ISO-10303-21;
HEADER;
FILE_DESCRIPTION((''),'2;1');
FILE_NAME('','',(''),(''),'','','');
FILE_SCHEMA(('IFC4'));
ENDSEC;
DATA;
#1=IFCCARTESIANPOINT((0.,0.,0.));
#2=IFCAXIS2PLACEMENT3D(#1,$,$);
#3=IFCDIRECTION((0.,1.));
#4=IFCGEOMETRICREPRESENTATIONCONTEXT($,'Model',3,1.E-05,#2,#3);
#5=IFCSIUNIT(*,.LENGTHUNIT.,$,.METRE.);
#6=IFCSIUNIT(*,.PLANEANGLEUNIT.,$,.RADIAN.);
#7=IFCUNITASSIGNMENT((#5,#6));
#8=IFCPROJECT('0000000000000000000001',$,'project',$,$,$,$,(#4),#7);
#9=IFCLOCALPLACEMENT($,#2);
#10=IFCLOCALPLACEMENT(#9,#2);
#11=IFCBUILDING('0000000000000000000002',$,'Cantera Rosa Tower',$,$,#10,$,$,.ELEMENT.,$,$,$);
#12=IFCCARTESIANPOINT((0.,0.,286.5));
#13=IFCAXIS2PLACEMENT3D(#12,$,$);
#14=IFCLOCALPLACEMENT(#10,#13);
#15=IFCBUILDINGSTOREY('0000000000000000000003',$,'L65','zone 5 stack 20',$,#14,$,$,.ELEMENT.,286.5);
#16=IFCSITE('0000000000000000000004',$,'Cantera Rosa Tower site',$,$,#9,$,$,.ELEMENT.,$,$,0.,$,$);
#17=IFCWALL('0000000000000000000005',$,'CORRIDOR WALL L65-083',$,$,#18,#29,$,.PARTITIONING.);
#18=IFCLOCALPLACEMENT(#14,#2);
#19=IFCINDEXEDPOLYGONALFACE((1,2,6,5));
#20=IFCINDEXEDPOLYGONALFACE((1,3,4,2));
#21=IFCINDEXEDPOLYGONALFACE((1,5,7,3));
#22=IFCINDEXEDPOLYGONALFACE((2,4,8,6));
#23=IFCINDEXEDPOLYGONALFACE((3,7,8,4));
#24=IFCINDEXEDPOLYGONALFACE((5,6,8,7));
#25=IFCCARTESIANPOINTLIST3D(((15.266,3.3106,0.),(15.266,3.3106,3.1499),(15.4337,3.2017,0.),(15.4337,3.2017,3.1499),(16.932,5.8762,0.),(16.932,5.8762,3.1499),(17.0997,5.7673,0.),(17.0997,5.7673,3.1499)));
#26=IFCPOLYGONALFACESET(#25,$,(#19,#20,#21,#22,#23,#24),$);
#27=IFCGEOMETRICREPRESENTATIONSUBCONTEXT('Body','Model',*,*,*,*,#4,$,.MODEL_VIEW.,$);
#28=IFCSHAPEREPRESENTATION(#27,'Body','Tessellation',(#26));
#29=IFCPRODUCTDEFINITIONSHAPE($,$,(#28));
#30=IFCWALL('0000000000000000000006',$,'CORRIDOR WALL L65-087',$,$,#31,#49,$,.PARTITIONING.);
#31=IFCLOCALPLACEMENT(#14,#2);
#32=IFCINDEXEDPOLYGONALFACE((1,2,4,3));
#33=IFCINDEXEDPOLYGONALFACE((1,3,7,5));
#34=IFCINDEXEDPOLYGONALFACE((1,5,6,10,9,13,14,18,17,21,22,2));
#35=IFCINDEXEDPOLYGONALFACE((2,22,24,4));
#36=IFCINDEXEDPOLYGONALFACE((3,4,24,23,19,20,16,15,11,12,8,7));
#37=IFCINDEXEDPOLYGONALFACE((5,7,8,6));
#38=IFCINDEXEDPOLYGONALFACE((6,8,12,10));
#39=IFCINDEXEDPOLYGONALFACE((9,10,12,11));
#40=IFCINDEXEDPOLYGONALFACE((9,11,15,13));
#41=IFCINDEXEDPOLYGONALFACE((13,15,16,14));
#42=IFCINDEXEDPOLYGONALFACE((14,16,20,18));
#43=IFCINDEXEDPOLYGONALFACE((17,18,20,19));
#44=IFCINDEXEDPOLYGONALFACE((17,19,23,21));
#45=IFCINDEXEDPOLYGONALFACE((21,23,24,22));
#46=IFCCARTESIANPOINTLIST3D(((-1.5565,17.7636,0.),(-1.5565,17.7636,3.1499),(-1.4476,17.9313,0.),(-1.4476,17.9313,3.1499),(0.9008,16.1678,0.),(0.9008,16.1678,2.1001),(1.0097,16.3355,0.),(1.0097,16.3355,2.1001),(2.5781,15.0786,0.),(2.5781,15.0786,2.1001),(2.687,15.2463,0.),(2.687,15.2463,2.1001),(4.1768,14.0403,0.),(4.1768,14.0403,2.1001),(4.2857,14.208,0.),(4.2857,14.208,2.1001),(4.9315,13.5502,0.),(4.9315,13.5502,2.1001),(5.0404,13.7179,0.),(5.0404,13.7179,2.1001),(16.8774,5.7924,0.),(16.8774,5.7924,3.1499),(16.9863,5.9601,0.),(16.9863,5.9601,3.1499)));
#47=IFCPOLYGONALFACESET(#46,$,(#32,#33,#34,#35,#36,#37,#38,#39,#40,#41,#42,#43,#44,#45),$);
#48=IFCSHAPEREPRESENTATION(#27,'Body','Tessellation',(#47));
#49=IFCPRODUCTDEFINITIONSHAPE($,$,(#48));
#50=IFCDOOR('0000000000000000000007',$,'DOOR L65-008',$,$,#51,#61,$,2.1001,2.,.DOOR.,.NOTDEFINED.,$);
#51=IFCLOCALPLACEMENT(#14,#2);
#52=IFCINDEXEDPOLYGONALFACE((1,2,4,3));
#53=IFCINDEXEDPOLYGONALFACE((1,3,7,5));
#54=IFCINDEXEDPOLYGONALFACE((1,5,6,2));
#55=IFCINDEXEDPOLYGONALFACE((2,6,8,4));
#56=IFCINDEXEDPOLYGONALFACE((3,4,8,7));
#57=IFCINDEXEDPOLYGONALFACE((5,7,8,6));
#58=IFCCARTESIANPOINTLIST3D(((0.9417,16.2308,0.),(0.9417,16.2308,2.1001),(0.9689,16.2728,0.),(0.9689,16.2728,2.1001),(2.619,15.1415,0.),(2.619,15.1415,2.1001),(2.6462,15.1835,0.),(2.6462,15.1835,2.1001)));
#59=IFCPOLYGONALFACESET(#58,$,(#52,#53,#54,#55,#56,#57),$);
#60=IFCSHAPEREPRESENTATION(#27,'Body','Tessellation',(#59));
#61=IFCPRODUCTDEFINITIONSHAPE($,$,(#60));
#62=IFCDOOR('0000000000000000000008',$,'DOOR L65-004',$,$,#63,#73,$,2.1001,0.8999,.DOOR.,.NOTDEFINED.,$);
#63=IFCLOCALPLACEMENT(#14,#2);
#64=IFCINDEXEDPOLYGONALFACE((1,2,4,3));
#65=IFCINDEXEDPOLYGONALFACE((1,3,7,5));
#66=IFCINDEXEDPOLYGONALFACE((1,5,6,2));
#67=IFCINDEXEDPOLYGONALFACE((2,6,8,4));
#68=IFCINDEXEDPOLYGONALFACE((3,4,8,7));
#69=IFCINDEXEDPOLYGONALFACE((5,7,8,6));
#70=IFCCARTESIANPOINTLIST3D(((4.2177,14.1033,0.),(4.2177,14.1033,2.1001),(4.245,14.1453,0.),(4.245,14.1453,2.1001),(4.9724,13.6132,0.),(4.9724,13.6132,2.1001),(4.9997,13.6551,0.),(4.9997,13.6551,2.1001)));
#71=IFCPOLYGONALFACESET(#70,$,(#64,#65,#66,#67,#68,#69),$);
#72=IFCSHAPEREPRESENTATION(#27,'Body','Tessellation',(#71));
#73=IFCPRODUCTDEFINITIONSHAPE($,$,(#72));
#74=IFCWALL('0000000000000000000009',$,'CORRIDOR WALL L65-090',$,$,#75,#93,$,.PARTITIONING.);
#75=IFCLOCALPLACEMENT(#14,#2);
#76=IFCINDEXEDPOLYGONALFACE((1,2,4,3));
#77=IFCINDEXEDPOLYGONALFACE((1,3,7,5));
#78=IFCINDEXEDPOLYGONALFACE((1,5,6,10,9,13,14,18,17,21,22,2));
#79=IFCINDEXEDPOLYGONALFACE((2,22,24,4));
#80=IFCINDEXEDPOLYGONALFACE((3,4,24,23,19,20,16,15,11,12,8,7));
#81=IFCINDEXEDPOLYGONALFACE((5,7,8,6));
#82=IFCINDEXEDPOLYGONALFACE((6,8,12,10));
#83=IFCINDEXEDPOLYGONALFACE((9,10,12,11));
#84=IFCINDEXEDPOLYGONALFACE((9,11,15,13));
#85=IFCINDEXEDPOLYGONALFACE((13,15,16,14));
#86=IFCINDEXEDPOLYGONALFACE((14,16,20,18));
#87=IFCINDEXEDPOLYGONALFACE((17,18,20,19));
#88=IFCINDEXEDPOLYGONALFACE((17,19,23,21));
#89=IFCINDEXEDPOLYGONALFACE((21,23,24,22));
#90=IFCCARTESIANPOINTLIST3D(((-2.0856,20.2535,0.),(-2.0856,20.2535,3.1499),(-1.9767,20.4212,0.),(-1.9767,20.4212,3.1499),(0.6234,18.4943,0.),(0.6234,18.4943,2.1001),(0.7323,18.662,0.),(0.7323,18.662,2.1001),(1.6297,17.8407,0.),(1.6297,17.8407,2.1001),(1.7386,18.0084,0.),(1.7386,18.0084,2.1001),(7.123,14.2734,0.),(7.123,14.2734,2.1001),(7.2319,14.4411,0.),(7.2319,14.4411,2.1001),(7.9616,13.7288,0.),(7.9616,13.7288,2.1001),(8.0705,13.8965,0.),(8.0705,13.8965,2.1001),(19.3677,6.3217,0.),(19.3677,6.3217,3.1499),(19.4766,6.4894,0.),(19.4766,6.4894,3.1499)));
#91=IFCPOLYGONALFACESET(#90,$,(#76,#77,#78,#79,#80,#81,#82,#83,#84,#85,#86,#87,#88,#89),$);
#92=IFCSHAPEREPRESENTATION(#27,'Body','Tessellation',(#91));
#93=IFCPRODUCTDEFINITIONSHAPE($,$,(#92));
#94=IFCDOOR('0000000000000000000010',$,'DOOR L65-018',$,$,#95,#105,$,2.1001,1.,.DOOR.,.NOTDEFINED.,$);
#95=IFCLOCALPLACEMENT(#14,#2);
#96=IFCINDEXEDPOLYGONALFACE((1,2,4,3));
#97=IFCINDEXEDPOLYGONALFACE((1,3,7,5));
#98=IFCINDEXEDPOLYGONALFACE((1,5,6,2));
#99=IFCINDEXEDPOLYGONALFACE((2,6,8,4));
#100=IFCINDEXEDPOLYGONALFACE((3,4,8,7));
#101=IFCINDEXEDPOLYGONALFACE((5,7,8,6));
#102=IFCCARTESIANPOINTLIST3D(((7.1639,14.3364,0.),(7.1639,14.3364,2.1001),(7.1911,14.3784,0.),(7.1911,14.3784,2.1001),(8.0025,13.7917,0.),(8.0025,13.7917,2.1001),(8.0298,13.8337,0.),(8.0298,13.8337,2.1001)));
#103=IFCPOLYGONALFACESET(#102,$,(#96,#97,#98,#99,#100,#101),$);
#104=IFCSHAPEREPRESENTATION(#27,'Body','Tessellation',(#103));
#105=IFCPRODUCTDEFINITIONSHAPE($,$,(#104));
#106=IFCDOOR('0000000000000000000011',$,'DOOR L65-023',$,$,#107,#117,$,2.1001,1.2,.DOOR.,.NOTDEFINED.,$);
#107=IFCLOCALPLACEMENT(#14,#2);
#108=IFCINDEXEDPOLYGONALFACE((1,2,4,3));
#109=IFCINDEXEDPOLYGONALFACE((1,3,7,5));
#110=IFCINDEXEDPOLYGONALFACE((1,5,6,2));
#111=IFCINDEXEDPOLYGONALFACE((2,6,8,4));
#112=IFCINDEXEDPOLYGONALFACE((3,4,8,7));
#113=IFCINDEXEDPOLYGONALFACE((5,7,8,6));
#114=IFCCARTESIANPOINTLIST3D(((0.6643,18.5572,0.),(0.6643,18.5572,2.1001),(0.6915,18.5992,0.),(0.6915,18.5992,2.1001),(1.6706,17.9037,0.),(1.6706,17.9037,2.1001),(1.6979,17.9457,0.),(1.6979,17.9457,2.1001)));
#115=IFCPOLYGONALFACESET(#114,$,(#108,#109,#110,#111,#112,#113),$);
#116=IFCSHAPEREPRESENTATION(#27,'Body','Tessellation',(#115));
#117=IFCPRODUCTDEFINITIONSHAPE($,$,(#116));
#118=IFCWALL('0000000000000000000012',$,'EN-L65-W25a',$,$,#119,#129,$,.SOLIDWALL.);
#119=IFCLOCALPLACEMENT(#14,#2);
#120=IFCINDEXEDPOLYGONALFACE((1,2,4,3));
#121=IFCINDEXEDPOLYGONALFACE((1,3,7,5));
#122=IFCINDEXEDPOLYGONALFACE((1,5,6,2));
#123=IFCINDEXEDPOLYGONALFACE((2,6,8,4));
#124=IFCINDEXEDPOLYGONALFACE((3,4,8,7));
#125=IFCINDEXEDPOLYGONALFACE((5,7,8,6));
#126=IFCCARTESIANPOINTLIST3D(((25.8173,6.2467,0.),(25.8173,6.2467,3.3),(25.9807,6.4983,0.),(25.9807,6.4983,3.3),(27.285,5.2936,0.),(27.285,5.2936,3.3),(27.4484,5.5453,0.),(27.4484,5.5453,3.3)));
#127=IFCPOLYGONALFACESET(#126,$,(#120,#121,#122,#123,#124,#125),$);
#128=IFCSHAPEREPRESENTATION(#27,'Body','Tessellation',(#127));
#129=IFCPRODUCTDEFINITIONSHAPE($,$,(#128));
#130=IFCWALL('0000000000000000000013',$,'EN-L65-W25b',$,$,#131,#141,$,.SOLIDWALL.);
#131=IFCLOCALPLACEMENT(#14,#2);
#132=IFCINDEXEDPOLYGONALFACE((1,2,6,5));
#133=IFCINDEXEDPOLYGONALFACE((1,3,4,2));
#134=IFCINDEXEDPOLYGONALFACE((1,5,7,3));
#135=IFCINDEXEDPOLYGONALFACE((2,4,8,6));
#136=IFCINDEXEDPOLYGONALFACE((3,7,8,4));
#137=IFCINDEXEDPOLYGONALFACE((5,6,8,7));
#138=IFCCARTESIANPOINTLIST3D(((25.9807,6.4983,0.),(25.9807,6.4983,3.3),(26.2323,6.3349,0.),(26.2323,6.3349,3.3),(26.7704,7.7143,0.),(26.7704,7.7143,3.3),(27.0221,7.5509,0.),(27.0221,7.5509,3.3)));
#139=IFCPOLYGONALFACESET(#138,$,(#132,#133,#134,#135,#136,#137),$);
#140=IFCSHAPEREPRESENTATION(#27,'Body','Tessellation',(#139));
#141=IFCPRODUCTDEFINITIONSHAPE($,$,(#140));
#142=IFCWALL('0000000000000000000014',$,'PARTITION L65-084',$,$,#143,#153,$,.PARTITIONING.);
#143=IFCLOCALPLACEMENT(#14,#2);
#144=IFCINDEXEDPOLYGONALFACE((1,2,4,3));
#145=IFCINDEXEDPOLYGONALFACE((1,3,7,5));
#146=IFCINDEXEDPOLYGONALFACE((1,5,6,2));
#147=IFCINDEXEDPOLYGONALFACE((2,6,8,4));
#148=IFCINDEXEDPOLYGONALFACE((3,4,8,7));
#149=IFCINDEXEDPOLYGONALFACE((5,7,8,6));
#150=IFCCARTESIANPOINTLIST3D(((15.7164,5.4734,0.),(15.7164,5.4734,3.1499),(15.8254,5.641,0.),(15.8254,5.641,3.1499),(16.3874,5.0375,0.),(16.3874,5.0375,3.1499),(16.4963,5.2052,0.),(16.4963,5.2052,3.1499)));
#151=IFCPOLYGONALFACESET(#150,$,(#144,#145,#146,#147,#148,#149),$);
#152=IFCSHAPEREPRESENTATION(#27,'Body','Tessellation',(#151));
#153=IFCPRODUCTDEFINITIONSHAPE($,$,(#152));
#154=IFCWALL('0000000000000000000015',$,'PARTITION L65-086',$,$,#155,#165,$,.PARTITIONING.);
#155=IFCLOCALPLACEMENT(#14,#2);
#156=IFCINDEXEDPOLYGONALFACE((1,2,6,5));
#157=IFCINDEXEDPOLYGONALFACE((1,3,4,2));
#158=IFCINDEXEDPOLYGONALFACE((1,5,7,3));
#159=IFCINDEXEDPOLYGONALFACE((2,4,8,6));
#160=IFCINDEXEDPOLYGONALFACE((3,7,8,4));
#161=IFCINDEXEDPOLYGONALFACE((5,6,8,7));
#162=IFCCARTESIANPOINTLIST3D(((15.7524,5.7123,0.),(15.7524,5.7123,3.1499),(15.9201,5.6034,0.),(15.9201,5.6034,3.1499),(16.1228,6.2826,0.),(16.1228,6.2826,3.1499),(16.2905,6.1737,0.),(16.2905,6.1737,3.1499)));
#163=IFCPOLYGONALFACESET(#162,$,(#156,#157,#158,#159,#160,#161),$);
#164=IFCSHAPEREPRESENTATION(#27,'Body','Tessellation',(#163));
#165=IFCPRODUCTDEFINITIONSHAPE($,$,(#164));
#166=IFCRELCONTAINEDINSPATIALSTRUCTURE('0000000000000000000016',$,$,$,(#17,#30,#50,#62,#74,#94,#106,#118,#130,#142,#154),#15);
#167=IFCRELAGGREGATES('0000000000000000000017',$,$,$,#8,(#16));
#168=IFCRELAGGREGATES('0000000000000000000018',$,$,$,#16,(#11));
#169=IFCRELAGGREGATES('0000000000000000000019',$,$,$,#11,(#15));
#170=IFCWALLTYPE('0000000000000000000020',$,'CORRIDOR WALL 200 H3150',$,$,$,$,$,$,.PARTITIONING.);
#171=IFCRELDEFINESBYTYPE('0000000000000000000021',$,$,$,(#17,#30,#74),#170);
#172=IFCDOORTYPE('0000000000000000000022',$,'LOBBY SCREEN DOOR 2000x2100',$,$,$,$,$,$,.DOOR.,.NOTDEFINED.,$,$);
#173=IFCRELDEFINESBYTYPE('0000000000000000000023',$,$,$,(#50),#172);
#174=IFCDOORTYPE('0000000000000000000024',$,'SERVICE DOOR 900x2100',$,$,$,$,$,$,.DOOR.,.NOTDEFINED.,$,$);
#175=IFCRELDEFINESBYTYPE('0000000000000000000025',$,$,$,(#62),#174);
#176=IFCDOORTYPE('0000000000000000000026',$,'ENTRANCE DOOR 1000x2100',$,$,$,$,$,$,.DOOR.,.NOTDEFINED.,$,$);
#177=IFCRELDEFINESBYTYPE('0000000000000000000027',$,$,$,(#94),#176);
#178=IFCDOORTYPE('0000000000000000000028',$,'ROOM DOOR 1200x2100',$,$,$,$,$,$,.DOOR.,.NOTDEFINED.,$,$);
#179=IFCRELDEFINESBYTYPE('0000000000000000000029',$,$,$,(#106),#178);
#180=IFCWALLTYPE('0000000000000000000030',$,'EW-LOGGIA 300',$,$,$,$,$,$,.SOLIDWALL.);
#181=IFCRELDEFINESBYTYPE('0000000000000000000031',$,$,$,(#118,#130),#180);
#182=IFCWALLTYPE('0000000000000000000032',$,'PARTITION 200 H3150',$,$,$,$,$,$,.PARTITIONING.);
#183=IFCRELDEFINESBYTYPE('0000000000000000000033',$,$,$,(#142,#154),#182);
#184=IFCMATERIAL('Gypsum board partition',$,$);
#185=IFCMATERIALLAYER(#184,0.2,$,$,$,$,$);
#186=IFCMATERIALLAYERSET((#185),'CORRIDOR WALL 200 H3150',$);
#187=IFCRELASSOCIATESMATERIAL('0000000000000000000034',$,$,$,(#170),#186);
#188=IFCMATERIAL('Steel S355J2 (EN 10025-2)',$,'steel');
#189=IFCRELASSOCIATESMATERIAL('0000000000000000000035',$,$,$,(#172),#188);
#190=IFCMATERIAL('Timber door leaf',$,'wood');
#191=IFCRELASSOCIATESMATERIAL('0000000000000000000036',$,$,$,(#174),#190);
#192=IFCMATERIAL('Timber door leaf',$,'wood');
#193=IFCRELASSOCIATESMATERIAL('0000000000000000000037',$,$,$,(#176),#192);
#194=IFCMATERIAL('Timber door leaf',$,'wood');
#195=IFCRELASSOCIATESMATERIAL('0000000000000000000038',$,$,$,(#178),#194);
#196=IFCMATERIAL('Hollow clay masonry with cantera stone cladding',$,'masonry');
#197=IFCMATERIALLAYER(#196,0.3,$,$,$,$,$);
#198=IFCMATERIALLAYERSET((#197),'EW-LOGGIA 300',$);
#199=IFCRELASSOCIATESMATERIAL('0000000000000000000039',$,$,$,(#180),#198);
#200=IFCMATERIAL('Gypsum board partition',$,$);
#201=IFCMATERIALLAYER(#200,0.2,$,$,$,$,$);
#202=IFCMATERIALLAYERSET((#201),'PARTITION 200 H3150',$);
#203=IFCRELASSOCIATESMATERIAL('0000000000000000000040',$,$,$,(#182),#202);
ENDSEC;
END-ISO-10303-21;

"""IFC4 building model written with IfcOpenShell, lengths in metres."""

from ifc_helpers import new_model, si_unit, direction, frame, frame_2d, origin, place, context, subcontext, project, spatial, rectangle, extrude, material, layer, layer_set, type_object, element, fill, save


model = new_model("IFC4")

# Units and contexts
model_context = context("Model", 3, precision=1e-05, world=origin(), true_north=direction((0.0, 1.0)))
body_context = subcontext(model_context, "Body", "Model", "MODEL_VIEW")
ifc_project = project(units=[si_unit("LENGTHUNIT", "METRE"), si_unit("PLANEANGLEUNIT", "RADIAN")], contexts=[model_context])

# Site, building, storey
site_placement = place(None, origin())
site = spatial("IfcSite", under=ifc_project, at=site_placement, Name="Cantera Rosa Tower site", CompositionType="ELEMENT", RefElevation=0.0)
building_placement = place(site_placement, origin())
building = spatial("IfcBuilding", under=site, at=building_placement, Name="Cantera Rosa Tower", CompositionType="ELEMENT")
storey_placement = place(building_placement, frame((0.0, 0.0, 286.5)))
storey = spatial("IfcBuildingStorey", under=building, at=storey_placement, Name="L65", Description="zone 5 stack 20", CompositionType="ELEMENT", Elevation=286.5)

# Wall
ifc_material_1 = material(Name="Gypsum board partition")
ifc_layer_1 = layer(ifc_material_1, 0.2)
ifc_layer_set_1 = layer_set([ifc_layer_1], Name="CORRIDOR WALL 200 H3150")
wall_type_1 = type_object("IfcWallType", Name="CORRIDOR WALL 200 H3150", PredefinedType="PARTITIONING", material=ifc_layer_set_1)
wall_1_placement = place(storey_placement, frame((15.3499, 3.2561, 0.0), z_axis=(0.0, 0.0, 1.0), x_axis=(0.544604, 0.838693, 0.0)))
element("IfcWall", 1, at=wall_1_placement, inside=storey, type_object=wall_type_1, Name="CORRIDOR WALL L65-083", PredefinedType="PARTITIONING", context=body_context, shape_type="SweptSolid", body=[
    extrude(rectangle(XDim=3.0591, YDim=0.2, at=frame_2d((1.5295, 0.0))), origin(), (0.0, 0.0, 1.0), 3.1499),
])

# Walls, openings, doors
wall_2_placement = place(storey_placement, frame((16.9319, 5.8762, 0.0), z_axis=(0.0, 0.0, 1.0), x_axis=(-0.838668, 0.544643, 0.0)))
wall_2 = element("IfcWall", 2, at=wall_2_placement, inside=storey, type_object=wall_type_1, Name="CORRIDOR WALL L65-087", PredefinedType="PARTITIONING", context=body_context, shape_type="SweptSolid", body=[
    extrude(rectangle(XDim=21.98, YDim=0.2, at=frame_2d((10.99, 0.0))), origin(), (0.0, 0.0, 1.0), 3.1499),
])
opening_1_placement = place(wall_2_placement, frame((14.2439, 0.0, 0.0)))
opening_1 = element("IfcOpeningElement", 3, at=opening_1_placement, cuts=wall_2, PredefinedType="OPENING", context=body_context, shape_type="SweptSolid", body=[
    extrude(rectangle(XDim=0.8999, YDim=2.1001, at=frame_2d((0.45, 1.05))), frame((0.0, 0.1099, 0.0), z_axis=(0.0, -1.0, 0.0), x_axis=(1.0, 0.0, 0.0)), (0.0, 0.0, 1.0), 0.22),
])
opening_2_placement = place(wall_2_placement, frame((17.05, 0.0, 0.0)))
opening_2 = element("IfcOpeningElement", 4, at=opening_2_placement, cuts=wall_2, PredefinedType="OPENING", context=body_context, shape_type="SweptSolid", body=[
    extrude(rectangle(XDim=2.0, YDim=2.1001, at=frame_2d((1.0, 1.05))), frame((0.0, 0.1099, 0.0), z_axis=(0.0, -1.0, 0.0), x_axis=(1.0, 0.0, 0.0)), (0.0, 0.0, 1.0), 0.22),
])
ifc_material_2 = material(Name="Steel S355J2 (EN 10025-2)", Category="steel")
door_type_1 = type_object("IfcDoorType", Name="LOBBY SCREEN DOOR 2000x2100", OperationType="NOTDEFINED", PredefinedType="DOOR", material=ifc_material_2)
door_1_placement = place(opening_2_placement, origin())
door_1 = element("IfcDoor", 5, at=door_1_placement, inside=storey, type_object=door_type_1, Name="DOOR L65-008", OperationType="NOTDEFINED", OverallHeight=2.1001, OverallWidth=2.0, PredefinedType="DOOR", context=body_context, shape_type="SweptSolid", body=[
    extrude(rectangle(XDim=2.0, YDim=2.1001, at=frame_2d((1.0, 1.05))), frame((0.0, 0.0249, 0.0), z_axis=(0.0, -1.0, 0.0), x_axis=(1.0, 0.0, 0.0)), (0.0, 0.0, 1.0), 0.05),
])
fill(opening_2, door_1)
ifc_material_3 = material(Name="Timber door leaf", Category="wood")
door_type_2 = type_object("IfcDoorType", Name="SERVICE DOOR 900x2100", OperationType="NOTDEFINED", PredefinedType="DOOR", material=ifc_material_3)
door_2_placement = place(opening_1_placement, origin())
door_2 = element("IfcDoor", 6, at=door_2_placement, inside=storey, type_object=door_type_2, Name="DOOR L65-004", OperationType="NOTDEFINED", OverallHeight=2.1001, OverallWidth=0.8999, PredefinedType="DOOR", context=body_context, shape_type="SweptSolid", body=[
    extrude(rectangle(XDim=0.8999, YDim=2.1001, at=frame_2d((0.45, 1.05))), frame((0.0, 0.0249, 0.0), z_axis=(0.0, -1.0, 0.0), x_axis=(1.0, 0.0, 0.0)), (0.0, 0.0, 1.0), 0.05),
])
fill(opening_1, door_2)
wall_3_placement = place(storey_placement, frame((19.4221, 6.4055, 0.0), z_axis=(0.0, 0.0, 1.0), x_axis=(-0.838672, 0.544636, 0.0)))
wall_3 = element("IfcWall", 7, at=wall_3_placement, inside=storey, type_object=wall_type_1, Name="CORRIDOR WALL L65-090", PredefinedType="PARTITIONING", context=body_context, shape_type="SweptSolid", body=[
    extrude(rectangle(XDim=25.5801, YDim=0.2, at=frame_2d((12.79, 0.0))), origin(), (0.0, 0.0, 1.0), 3.1499),
])
opening_3_placement = place(wall_3_placement, frame((13.6001, 0.0, 0.0)))
opening_3 = element("IfcOpeningElement", 8, at=opening_3_placement, cuts=wall_3, PredefinedType="OPENING", context=body_context, shape_type="SweptSolid", body=[
    extrude(rectangle(XDim=1.0, YDim=2.1001, at=frame_2d((0.5, 1.05))), frame((0.0, 0.1099, 0.0), z_axis=(0.0, -1.0, 0.0), x_axis=(1.0, 0.0, 0.0)), (0.0, 0.0, 1.0), 0.22),
])
opening_4_placement = place(wall_3_placement, frame((21.1499, 0.0, 0.0)))
opening_4 = element("IfcOpeningElement", 9, at=opening_4_placement, cuts=wall_3, PredefinedType="OPENING", context=body_context, shape_type="SweptSolid", body=[
    extrude(rectangle(XDim=1.2, YDim=2.1001, at=frame_2d((0.6001, 1.05))), frame((0.0, 0.1099, 0.0), z_axis=(0.0, -1.0, 0.0), x_axis=(1.0, 0.0, 0.0)), (0.0, 0.0, 1.0), 0.22),
])
ifc_material_4 = material(Name="Timber door leaf", Category="wood")
door_type_3 = type_object("IfcDoorType", Name="ENTRANCE DOOR 1000x2100", OperationType="NOTDEFINED", PredefinedType="DOOR", material=ifc_material_4)
door_3_placement = place(opening_3_placement, origin())
door_3 = element("IfcDoor", 10, at=door_3_placement, inside=storey, type_object=door_type_3, Name="DOOR L65-018", OperationType="NOTDEFINED", OverallHeight=2.1001, OverallWidth=1.0, PredefinedType="DOOR", context=body_context, shape_type="SweptSolid", body=[
    extrude(rectangle(XDim=1.0, YDim=2.1001, at=frame_2d((0.5, 1.05))), frame((0.0, 0.0249, 0.0), z_axis=(0.0, -1.0, 0.0), x_axis=(1.0, 0.0, 0.0)), (0.0, 0.0, 1.0), 0.05),
])
fill(opening_3, door_3)
ifc_material_5 = material(Name="Timber door leaf", Category="wood")
door_type_4 = type_object("IfcDoorType", Name="ROOM DOOR 1200x2100", OperationType="NOTDEFINED", PredefinedType="DOOR", material=ifc_material_5)
door_4_placement = place(opening_4_placement, origin())
door_4 = element("IfcDoor", 11, at=door_4_placement, inside=storey, type_object=door_type_4, Name="DOOR L65-023", OperationType="NOTDEFINED", OverallHeight=2.1001, OverallWidth=1.2, PredefinedType="DOOR", context=body_context, shape_type="SweptSolid", body=[
    extrude(rectangle(XDim=1.2, YDim=2.1001, at=frame_2d((0.6001, 1.05))), frame((0.0, 0.0249, 0.0), z_axis=(0.0, -1.0, 0.0), x_axis=(1.0, 0.0, 0.0)), (0.0, 0.0, 1.0), 0.05),
])
fill(opening_4, door_4)

# Walls
ifc_material_6 = material(Name="Hollow clay masonry with cantera stone cladding", Category="masonry")
ifc_layer_2 = layer(ifc_material_6, 0.3)
ifc_layer_set_2 = layer_set([ifc_layer_2], Name="EW-LOGGIA 300")
wall_type_2 = type_object("IfcWallType", Name="EW-LOGGIA 300", PredefinedType="SOLIDWALL", material=ifc_layer_set_2)
wall_4_placement = place(storey_placement, frame((27.3667, 5.4194, 0.0), z_axis=(0.0, 0.0, 1.0), x_axis=(-0.838686, 0.544616, 0.0)))
element("IfcWall", 12, at=wall_4_placement, inside=storey, type_object=wall_type_2, Name="EN-L65-W25a", PredefinedType="SOLIDWALL", context=body_context, shape_type="SweptSolid", body=[
    extrude(rectangle(XDim=1.75, YDim=0.3, at=frame_2d((0.875, 0.0))), origin(), (0.0, 0.0, 1.0), 3.3),
])
wall_5_placement = place(storey_placement, frame((26.1064, 6.4165, 0.0), z_axis=(0.0, 0.0, 1.0), x_axis=(0.544675, 0.838647, 0.0)))
element("IfcWall", 13, at=wall_5_placement, inside=storey, type_object=wall_type_2, Name="EN-L65-W25b", PredefinedType="SOLIDWALL", context=body_context, shape_type="SweptSolid", body=[
    extrude(rectangle(XDim=1.45, YDim=0.3, at=frame_2d((0.7251, 0.0))), origin(), (0.0, 0.0, 1.0), 3.3),
])
ifc_material_7 = material(Name="Gypsum board partition")
ifc_layer_3 = layer(ifc_material_7, 0.2)
ifc_layer_set_3 = layer_set([ifc_layer_3], Name="PARTITION 200 H3150")
wall_type_3 = type_object("IfcWallType", Name="PARTITION 200 H3150", PredefinedType="PARTITIONING", material=ifc_layer_set_3)
wall_6_placement = place(storey_placement, frame((15.771, 5.5571, 0.0), z_axis=(0.0, 0.0, 1.0), x_axis=(0.838611, -0.544731, 0.0)))
element("IfcWall", 14, at=wall_6_placement, inside=storey, type_object=wall_type_3, Name="PARTITION L65-084", PredefinedType="PARTITIONING", context=body_context, shape_type="SweptSolid", body=[
    extrude(rectangle(XDim=0.8, YDim=0.2, at=frame_2d((0.3999, 0.0))), origin(), (0.0, 0.0, 1.0), 3.1499),
])
wall_7_placement = place(storey_placement, frame((16.2065, 6.228, 0.0), z_axis=(0.0, 0.0, 1.0), x_axis=(-0.544635, -0.838673, 0.0)))
element("IfcWall", 15, at=wall_7_placement, inside=storey, type_object=wall_type_3, Name="PARTITION L65-086", PredefinedType="PARTITIONING", context=body_context, shape_type="SweptSolid", body=[
    extrude(rectangle(XDim=0.6799, YDim=0.2, at=frame_2d((0.3398, 0.0))), origin(), (0.0, 0.0, 1.0), 3.1499),
])

save(model, "model.ifc")
